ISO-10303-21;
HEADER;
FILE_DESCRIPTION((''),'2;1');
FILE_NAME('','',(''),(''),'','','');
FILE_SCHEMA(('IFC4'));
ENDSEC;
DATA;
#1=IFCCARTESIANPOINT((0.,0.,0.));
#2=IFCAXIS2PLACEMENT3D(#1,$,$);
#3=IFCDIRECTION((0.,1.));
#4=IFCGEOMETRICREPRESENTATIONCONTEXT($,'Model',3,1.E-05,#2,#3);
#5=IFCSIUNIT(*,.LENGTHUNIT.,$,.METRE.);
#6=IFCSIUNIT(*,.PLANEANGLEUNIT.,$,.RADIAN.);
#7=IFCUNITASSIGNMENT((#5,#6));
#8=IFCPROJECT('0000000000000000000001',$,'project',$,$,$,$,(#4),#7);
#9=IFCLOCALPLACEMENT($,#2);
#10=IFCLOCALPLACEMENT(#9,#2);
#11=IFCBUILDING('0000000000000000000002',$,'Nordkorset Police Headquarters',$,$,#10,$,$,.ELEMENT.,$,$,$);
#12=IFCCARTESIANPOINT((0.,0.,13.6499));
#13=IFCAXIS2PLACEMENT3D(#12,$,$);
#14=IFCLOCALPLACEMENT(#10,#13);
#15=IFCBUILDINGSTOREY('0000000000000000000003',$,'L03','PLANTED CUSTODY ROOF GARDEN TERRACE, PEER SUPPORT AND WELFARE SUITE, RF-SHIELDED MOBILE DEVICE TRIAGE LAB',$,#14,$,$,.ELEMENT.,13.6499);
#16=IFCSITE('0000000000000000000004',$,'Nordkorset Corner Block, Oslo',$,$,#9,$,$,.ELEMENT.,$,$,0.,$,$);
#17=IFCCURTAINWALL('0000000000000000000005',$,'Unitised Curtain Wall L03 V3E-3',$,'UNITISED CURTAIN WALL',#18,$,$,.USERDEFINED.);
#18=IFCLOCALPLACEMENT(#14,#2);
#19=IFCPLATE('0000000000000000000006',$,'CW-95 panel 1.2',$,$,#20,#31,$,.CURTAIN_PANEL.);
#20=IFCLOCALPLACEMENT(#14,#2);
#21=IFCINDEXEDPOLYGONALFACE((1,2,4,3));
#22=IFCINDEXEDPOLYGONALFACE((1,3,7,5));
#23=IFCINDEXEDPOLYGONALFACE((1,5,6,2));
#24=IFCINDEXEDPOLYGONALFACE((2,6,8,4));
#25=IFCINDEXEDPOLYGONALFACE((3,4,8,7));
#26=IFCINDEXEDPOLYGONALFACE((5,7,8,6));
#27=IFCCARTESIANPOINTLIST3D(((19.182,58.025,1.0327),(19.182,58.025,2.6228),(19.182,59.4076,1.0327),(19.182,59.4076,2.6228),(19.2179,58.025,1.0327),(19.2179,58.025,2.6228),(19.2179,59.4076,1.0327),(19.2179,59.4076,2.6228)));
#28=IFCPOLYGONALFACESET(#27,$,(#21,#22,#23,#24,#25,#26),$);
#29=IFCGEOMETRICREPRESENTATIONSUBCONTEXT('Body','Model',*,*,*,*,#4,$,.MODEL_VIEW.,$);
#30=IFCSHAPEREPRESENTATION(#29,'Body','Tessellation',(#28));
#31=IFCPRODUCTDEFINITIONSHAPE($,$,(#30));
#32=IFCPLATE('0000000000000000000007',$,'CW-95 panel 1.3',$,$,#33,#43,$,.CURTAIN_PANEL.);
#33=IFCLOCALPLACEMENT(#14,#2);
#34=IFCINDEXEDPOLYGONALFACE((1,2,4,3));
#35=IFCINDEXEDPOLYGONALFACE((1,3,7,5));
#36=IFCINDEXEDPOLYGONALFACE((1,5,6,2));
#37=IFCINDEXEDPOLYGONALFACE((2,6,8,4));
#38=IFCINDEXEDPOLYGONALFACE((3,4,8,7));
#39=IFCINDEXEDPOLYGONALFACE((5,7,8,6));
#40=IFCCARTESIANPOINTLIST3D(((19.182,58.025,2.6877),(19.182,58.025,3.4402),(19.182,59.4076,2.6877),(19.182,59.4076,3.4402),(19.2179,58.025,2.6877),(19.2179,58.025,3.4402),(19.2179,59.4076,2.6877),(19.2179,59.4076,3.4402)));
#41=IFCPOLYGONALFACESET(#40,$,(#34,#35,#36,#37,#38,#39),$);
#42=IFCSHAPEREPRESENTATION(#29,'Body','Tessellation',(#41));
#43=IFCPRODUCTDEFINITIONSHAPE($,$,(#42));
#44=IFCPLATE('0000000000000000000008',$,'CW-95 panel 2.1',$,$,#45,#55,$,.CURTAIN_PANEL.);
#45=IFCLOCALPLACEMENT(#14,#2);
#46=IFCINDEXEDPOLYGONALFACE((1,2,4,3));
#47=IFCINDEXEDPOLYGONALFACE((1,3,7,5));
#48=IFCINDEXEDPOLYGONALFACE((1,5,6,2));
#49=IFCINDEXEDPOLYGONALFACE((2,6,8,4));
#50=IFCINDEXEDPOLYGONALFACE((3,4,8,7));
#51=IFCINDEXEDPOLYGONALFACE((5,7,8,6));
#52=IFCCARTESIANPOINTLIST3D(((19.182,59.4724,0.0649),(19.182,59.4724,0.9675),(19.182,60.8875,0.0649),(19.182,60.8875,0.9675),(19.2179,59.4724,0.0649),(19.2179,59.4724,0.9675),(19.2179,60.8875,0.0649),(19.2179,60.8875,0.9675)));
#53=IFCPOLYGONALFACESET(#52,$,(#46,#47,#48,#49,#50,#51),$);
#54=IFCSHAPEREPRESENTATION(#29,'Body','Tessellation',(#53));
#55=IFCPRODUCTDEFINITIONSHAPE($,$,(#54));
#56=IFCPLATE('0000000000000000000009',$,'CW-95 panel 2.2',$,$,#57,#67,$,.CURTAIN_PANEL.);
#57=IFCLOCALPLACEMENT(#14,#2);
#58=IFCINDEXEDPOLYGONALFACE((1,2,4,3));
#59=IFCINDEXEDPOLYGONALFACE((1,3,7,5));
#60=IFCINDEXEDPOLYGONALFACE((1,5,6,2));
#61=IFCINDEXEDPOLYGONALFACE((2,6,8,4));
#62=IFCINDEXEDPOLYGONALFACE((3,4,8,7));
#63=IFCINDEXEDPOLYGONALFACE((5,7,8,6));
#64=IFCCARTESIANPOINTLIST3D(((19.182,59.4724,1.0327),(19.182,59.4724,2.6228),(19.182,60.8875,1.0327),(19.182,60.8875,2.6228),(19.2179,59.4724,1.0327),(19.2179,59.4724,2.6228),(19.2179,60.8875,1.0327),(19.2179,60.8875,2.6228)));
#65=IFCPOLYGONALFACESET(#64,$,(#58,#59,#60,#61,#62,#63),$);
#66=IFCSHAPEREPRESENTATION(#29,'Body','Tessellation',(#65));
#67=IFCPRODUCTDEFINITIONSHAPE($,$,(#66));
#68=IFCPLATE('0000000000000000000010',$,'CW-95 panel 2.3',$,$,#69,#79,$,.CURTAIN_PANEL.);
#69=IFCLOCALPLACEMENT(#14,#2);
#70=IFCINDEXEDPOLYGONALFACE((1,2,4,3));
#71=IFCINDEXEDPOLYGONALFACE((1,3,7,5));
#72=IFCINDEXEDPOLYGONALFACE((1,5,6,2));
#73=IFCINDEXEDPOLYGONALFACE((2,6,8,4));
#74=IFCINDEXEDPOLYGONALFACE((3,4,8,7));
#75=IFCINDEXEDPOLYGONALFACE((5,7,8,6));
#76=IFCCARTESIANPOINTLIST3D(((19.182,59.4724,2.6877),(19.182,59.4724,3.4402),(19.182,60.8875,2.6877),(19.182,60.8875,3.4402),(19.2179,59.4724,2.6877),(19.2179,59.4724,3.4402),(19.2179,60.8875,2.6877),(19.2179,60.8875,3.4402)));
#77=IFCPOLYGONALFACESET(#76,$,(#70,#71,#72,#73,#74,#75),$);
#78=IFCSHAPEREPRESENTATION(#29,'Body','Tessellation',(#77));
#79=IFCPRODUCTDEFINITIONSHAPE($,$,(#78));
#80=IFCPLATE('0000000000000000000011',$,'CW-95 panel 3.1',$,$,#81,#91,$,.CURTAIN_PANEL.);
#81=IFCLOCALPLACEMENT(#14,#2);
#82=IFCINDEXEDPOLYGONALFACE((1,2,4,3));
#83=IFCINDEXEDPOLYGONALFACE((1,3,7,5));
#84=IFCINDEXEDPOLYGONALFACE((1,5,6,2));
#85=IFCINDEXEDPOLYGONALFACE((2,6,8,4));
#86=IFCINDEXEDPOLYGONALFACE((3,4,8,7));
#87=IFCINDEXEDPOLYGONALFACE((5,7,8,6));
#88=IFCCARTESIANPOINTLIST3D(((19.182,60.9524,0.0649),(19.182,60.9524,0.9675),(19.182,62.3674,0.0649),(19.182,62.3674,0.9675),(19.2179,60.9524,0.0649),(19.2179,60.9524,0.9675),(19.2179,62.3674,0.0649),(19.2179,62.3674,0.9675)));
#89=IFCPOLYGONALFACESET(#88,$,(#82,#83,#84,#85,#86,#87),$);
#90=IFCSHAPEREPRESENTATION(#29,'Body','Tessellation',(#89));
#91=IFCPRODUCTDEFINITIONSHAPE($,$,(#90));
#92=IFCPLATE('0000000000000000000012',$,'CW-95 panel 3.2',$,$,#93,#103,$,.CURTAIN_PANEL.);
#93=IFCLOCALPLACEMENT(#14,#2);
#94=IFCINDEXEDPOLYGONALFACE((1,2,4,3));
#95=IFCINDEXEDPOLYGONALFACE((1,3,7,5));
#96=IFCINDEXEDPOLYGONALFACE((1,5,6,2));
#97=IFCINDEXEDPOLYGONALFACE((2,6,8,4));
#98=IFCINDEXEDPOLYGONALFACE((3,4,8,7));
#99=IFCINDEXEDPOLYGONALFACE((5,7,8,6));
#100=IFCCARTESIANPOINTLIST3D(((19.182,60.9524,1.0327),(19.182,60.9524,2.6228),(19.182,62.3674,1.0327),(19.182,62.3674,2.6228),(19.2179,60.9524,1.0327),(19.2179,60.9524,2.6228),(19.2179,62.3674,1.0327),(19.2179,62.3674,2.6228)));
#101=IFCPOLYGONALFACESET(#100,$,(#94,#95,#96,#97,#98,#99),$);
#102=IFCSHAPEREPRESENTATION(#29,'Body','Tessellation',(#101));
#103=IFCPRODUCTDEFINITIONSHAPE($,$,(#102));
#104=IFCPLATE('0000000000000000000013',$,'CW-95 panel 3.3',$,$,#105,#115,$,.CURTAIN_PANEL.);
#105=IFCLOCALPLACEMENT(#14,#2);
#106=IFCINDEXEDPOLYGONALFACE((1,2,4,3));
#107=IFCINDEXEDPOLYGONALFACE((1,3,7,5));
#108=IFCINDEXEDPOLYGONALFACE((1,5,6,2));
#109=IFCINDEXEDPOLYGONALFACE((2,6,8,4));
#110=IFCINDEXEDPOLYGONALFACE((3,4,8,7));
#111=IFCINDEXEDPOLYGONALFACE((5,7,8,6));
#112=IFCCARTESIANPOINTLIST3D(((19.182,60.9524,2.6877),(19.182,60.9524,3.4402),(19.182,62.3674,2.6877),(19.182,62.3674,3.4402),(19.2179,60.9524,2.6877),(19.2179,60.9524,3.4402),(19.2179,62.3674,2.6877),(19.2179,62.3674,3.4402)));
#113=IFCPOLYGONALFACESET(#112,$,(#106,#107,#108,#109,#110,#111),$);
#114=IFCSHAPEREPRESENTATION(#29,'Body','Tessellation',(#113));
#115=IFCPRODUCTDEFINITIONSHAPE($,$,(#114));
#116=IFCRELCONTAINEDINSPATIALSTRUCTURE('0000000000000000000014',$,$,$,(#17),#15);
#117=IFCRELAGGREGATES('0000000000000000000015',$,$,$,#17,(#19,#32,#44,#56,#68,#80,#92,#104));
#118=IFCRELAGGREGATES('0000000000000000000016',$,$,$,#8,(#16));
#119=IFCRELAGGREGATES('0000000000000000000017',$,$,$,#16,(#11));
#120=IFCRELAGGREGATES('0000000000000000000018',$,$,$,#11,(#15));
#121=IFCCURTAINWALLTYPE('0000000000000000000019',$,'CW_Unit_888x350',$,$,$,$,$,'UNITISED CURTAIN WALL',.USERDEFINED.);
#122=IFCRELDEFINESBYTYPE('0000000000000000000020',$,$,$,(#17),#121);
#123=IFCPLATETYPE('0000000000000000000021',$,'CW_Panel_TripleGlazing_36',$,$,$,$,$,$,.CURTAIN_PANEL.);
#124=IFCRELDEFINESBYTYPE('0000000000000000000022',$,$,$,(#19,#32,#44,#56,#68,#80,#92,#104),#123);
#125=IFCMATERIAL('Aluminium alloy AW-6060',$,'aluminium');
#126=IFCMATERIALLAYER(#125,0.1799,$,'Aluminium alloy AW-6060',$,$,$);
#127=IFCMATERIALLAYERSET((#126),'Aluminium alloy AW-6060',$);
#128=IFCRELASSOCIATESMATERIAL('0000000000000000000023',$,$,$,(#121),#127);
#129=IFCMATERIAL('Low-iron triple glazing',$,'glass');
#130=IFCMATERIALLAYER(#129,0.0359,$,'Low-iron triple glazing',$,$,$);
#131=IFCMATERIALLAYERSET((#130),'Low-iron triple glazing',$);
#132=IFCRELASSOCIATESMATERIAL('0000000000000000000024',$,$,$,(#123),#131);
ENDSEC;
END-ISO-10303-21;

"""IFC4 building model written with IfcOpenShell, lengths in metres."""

from ifc_helpers import new_model, si_unit, direction, frame, origin, origin_2d, place, context, subcontext, project, spatial, rectangle, extrude, material, layer, layer_set, type_object, element, aggregate, save


model = new_model("IFC4")

# Units and contexts
model_context = context("Model", 3, precision=1e-05, world=origin(), true_north=direction((0.0, 1.0)))
body_context = subcontext(model_context, "Body", "Model", "MODEL_VIEW")
ifc_project = project(units=[si_unit("LENGTHUNIT", "METRE"), si_unit("PLANEANGLEUNIT", "RADIAN")], contexts=[model_context])

# Site, building, storey
site_placement = place(None, origin())
site = spatial("IfcSite", under=ifc_project, at=site_placement, Name="Nordkorset Corner Block, Oslo", CompositionType="ELEMENT", RefElevation=0.0)
building_placement = place(site_placement, origin())
building = spatial("IfcBuilding", under=site, at=building_placement, Name="Nordkorset Police Headquarters", CompositionType="ELEMENT")
storey_placement = place(building_placement, frame((0.0, 0.0, 13.6499)))
storey = spatial("IfcBuildingStorey", under=building, at=storey_placement, Name="L03", Description="PLANTED CUSTODY ROOF GARDEN TERRACE, PEER SUPPORT AND WELFARE SUITE, RF-SHIELDED MOBILE DEVICE TRIAGE LAB", CompositionType="ELEMENT", Elevation=13.6499)

# Curtain wall, plates
ifc_material_1 = material(Name="Aluminium alloy AW-6060", Category="aluminium")
ifc_layer_1 = layer(ifc_material_1, 0.1799, Name="Aluminium alloy AW-6060")
ifc_layer_set_1 = layer_set([ifc_layer_1], Name="Aluminium alloy AW-6060")
curtain_wall_type = type_object("IfcCurtainWallType", Name="CW_Unit_888x350", ElementType="UNITISED CURTAIN WALL", PredefinedType="USERDEFINED", material=ifc_layer_set_1)
curtain_wall_placement = place(storey_placement, origin())
curtain_wall = element("IfcCurtainWall", 1, at=curtain_wall_placement, inside=storey, type_object=curtain_wall_type, Name="Unitised Curtain Wall L03 V3E-3", ObjectType="UNITISED CURTAIN WALL", PredefinedType="USERDEFINED")
ifc_material_2 = material(Name="Low-iron triple glazing", Category="glass")
ifc_layer_2 = layer(ifc_material_2, 0.0359, Name="Low-iron triple glazing")
ifc_layer_set_2 = layer_set([ifc_layer_2], Name="Low-iron triple glazing")
plate_type = type_object("IfcPlateType", Name="CW_Panel_TripleGlazing_36", PredefinedType="CURTAIN_PANEL", material=ifc_layer_set_2)
plate_1_placement = place(storey_placement, frame((19.2, 58.7163, 1.0327), z_axis=(0.0, 0.0, 1.0), x_axis=(0.0, 1.0, 0.0)))
plate_1 = element("IfcPlate", 2, at=plate_1_placement, type_object=plate_type, Name="CW-95 panel 1.2", PredefinedType="CURTAIN_PANEL", context=body_context, shape_type="SweptSolid", body=[
    extrude(rectangle(XDim=1.3826, YDim=0.0359, at=origin_2d()), origin(), (0.0, 0.0, 1.0), 1.5901),
])
plate_2_placement = place(storey_placement, frame((19.2, 58.7163, 2.6877), z_axis=(0.0, 0.0, 1.0), x_axis=(0.0, 1.0, 0.0)))
plate_2 = element("IfcPlate", 3, at=plate_2_placement, type_object=plate_type, Name="CW-95 panel 1.3", PredefinedType="CURTAIN_PANEL", context=body_context, shape_type="SweptSolid", body=[
    extrude(rectangle(XDim=1.3826, YDim=0.0359, at=origin_2d()), origin(), (0.0, 0.0, 1.0), 0.7524),
])
plate_3_placement = place(storey_placement, frame((19.2, 60.1799, 0.0649), z_axis=(0.0, 0.0, 1.0), x_axis=(0.0, 1.0, 0.0)))
plate_3 = element("IfcPlate", 4, at=plate_3_placement, type_object=plate_type, Name="CW-95 panel 2.1", PredefinedType="CURTAIN_PANEL", context=body_context, shape_type="SweptSolid", body=[
    extrude(rectangle(XDim=1.415, YDim=0.0359, at=origin_2d()), origin(), (0.0, 0.0, 1.0), 0.9026),
])
plate_4_placement = place(storey_placement, frame((19.2, 60.1799, 1.0327), z_axis=(0.0, 0.0, 1.0), x_axis=(0.0, 1.0, 0.0)))
plate_4 = element("IfcPlate", 5, at=plate_4_placement, type_object=plate_type, Name="CW-95 panel 2.2", PredefinedType="CURTAIN_PANEL", context=body_context, shape_type="SweptSolid", body=[
    extrude(rectangle(XDim=1.415, YDim=0.0359, at=origin_2d()), origin(), (0.0, 0.0, 1.0), 1.5901),
])
plate_5_placement = place(storey_placement, frame((19.2, 60.1799, 2.6877), z_axis=(0.0, 0.0, 1.0), x_axis=(0.0, 1.0, 0.0)))
plate_5 = element("IfcPlate", 6, at=plate_5_placement, type_object=plate_type, Name="CW-95 panel 2.3", PredefinedType="CURTAIN_PANEL", context=body_context, shape_type="SweptSolid", body=[
    extrude(rectangle(XDim=1.415, YDim=0.0359, at=origin_2d()), origin(), (0.0, 0.0, 1.0), 0.7524),
])
plate_6_placement = place(storey_placement, frame((19.2, 61.6599, 0.0649), z_axis=(0.0, 0.0, 1.0), x_axis=(0.0, 1.0, 0.0)))
plate_6 = element("IfcPlate", 7, at=plate_6_placement, type_object=plate_type, Name="CW-95 panel 3.1", PredefinedType="CURTAIN_PANEL", context=body_context, shape_type="SweptSolid", body=[
    extrude(rectangle(XDim=1.415, YDim=0.0359, at=origin_2d()), origin(), (0.0, 0.0, 1.0), 0.9026),
])
plate_7_placement = place(storey_placement, frame((19.2, 61.6599, 1.0327), z_axis=(0.0, 0.0, 1.0), x_axis=(0.0, 1.0, 0.0)))
plate_7 = element("IfcPlate", 8, at=plate_7_placement, type_object=plate_type, Name="CW-95 panel 3.2", PredefinedType="CURTAIN_PANEL", context=body_context, shape_type="SweptSolid", body=[
    extrude(rectangle(XDim=1.415, YDim=0.0359, at=origin_2d()), origin(), (0.0, 0.0, 1.0), 1.5901),
])
plate_8_placement = place(storey_placement, frame((19.2, 61.6599, 2.6877), z_axis=(0.0, 0.0, 1.0), x_axis=(0.0, 1.0, 0.0)))
plate_8 = element("IfcPlate", 9, at=plate_8_placement, type_object=plate_type, Name="CW-95 panel 3.3", PredefinedType="CURTAIN_PANEL", context=body_context, shape_type="SweptSolid", body=[
    extrude(rectangle(XDim=1.415, YDim=0.0359, at=origin_2d()), origin(), (0.0, 0.0, 1.0), 0.7524),
])
aggregate(curtain_wall, [plate_1, plate_2, plate_3, plate_4, plate_5, plate_6, plate_7, plate_8])

save(model, "model.ifc")
